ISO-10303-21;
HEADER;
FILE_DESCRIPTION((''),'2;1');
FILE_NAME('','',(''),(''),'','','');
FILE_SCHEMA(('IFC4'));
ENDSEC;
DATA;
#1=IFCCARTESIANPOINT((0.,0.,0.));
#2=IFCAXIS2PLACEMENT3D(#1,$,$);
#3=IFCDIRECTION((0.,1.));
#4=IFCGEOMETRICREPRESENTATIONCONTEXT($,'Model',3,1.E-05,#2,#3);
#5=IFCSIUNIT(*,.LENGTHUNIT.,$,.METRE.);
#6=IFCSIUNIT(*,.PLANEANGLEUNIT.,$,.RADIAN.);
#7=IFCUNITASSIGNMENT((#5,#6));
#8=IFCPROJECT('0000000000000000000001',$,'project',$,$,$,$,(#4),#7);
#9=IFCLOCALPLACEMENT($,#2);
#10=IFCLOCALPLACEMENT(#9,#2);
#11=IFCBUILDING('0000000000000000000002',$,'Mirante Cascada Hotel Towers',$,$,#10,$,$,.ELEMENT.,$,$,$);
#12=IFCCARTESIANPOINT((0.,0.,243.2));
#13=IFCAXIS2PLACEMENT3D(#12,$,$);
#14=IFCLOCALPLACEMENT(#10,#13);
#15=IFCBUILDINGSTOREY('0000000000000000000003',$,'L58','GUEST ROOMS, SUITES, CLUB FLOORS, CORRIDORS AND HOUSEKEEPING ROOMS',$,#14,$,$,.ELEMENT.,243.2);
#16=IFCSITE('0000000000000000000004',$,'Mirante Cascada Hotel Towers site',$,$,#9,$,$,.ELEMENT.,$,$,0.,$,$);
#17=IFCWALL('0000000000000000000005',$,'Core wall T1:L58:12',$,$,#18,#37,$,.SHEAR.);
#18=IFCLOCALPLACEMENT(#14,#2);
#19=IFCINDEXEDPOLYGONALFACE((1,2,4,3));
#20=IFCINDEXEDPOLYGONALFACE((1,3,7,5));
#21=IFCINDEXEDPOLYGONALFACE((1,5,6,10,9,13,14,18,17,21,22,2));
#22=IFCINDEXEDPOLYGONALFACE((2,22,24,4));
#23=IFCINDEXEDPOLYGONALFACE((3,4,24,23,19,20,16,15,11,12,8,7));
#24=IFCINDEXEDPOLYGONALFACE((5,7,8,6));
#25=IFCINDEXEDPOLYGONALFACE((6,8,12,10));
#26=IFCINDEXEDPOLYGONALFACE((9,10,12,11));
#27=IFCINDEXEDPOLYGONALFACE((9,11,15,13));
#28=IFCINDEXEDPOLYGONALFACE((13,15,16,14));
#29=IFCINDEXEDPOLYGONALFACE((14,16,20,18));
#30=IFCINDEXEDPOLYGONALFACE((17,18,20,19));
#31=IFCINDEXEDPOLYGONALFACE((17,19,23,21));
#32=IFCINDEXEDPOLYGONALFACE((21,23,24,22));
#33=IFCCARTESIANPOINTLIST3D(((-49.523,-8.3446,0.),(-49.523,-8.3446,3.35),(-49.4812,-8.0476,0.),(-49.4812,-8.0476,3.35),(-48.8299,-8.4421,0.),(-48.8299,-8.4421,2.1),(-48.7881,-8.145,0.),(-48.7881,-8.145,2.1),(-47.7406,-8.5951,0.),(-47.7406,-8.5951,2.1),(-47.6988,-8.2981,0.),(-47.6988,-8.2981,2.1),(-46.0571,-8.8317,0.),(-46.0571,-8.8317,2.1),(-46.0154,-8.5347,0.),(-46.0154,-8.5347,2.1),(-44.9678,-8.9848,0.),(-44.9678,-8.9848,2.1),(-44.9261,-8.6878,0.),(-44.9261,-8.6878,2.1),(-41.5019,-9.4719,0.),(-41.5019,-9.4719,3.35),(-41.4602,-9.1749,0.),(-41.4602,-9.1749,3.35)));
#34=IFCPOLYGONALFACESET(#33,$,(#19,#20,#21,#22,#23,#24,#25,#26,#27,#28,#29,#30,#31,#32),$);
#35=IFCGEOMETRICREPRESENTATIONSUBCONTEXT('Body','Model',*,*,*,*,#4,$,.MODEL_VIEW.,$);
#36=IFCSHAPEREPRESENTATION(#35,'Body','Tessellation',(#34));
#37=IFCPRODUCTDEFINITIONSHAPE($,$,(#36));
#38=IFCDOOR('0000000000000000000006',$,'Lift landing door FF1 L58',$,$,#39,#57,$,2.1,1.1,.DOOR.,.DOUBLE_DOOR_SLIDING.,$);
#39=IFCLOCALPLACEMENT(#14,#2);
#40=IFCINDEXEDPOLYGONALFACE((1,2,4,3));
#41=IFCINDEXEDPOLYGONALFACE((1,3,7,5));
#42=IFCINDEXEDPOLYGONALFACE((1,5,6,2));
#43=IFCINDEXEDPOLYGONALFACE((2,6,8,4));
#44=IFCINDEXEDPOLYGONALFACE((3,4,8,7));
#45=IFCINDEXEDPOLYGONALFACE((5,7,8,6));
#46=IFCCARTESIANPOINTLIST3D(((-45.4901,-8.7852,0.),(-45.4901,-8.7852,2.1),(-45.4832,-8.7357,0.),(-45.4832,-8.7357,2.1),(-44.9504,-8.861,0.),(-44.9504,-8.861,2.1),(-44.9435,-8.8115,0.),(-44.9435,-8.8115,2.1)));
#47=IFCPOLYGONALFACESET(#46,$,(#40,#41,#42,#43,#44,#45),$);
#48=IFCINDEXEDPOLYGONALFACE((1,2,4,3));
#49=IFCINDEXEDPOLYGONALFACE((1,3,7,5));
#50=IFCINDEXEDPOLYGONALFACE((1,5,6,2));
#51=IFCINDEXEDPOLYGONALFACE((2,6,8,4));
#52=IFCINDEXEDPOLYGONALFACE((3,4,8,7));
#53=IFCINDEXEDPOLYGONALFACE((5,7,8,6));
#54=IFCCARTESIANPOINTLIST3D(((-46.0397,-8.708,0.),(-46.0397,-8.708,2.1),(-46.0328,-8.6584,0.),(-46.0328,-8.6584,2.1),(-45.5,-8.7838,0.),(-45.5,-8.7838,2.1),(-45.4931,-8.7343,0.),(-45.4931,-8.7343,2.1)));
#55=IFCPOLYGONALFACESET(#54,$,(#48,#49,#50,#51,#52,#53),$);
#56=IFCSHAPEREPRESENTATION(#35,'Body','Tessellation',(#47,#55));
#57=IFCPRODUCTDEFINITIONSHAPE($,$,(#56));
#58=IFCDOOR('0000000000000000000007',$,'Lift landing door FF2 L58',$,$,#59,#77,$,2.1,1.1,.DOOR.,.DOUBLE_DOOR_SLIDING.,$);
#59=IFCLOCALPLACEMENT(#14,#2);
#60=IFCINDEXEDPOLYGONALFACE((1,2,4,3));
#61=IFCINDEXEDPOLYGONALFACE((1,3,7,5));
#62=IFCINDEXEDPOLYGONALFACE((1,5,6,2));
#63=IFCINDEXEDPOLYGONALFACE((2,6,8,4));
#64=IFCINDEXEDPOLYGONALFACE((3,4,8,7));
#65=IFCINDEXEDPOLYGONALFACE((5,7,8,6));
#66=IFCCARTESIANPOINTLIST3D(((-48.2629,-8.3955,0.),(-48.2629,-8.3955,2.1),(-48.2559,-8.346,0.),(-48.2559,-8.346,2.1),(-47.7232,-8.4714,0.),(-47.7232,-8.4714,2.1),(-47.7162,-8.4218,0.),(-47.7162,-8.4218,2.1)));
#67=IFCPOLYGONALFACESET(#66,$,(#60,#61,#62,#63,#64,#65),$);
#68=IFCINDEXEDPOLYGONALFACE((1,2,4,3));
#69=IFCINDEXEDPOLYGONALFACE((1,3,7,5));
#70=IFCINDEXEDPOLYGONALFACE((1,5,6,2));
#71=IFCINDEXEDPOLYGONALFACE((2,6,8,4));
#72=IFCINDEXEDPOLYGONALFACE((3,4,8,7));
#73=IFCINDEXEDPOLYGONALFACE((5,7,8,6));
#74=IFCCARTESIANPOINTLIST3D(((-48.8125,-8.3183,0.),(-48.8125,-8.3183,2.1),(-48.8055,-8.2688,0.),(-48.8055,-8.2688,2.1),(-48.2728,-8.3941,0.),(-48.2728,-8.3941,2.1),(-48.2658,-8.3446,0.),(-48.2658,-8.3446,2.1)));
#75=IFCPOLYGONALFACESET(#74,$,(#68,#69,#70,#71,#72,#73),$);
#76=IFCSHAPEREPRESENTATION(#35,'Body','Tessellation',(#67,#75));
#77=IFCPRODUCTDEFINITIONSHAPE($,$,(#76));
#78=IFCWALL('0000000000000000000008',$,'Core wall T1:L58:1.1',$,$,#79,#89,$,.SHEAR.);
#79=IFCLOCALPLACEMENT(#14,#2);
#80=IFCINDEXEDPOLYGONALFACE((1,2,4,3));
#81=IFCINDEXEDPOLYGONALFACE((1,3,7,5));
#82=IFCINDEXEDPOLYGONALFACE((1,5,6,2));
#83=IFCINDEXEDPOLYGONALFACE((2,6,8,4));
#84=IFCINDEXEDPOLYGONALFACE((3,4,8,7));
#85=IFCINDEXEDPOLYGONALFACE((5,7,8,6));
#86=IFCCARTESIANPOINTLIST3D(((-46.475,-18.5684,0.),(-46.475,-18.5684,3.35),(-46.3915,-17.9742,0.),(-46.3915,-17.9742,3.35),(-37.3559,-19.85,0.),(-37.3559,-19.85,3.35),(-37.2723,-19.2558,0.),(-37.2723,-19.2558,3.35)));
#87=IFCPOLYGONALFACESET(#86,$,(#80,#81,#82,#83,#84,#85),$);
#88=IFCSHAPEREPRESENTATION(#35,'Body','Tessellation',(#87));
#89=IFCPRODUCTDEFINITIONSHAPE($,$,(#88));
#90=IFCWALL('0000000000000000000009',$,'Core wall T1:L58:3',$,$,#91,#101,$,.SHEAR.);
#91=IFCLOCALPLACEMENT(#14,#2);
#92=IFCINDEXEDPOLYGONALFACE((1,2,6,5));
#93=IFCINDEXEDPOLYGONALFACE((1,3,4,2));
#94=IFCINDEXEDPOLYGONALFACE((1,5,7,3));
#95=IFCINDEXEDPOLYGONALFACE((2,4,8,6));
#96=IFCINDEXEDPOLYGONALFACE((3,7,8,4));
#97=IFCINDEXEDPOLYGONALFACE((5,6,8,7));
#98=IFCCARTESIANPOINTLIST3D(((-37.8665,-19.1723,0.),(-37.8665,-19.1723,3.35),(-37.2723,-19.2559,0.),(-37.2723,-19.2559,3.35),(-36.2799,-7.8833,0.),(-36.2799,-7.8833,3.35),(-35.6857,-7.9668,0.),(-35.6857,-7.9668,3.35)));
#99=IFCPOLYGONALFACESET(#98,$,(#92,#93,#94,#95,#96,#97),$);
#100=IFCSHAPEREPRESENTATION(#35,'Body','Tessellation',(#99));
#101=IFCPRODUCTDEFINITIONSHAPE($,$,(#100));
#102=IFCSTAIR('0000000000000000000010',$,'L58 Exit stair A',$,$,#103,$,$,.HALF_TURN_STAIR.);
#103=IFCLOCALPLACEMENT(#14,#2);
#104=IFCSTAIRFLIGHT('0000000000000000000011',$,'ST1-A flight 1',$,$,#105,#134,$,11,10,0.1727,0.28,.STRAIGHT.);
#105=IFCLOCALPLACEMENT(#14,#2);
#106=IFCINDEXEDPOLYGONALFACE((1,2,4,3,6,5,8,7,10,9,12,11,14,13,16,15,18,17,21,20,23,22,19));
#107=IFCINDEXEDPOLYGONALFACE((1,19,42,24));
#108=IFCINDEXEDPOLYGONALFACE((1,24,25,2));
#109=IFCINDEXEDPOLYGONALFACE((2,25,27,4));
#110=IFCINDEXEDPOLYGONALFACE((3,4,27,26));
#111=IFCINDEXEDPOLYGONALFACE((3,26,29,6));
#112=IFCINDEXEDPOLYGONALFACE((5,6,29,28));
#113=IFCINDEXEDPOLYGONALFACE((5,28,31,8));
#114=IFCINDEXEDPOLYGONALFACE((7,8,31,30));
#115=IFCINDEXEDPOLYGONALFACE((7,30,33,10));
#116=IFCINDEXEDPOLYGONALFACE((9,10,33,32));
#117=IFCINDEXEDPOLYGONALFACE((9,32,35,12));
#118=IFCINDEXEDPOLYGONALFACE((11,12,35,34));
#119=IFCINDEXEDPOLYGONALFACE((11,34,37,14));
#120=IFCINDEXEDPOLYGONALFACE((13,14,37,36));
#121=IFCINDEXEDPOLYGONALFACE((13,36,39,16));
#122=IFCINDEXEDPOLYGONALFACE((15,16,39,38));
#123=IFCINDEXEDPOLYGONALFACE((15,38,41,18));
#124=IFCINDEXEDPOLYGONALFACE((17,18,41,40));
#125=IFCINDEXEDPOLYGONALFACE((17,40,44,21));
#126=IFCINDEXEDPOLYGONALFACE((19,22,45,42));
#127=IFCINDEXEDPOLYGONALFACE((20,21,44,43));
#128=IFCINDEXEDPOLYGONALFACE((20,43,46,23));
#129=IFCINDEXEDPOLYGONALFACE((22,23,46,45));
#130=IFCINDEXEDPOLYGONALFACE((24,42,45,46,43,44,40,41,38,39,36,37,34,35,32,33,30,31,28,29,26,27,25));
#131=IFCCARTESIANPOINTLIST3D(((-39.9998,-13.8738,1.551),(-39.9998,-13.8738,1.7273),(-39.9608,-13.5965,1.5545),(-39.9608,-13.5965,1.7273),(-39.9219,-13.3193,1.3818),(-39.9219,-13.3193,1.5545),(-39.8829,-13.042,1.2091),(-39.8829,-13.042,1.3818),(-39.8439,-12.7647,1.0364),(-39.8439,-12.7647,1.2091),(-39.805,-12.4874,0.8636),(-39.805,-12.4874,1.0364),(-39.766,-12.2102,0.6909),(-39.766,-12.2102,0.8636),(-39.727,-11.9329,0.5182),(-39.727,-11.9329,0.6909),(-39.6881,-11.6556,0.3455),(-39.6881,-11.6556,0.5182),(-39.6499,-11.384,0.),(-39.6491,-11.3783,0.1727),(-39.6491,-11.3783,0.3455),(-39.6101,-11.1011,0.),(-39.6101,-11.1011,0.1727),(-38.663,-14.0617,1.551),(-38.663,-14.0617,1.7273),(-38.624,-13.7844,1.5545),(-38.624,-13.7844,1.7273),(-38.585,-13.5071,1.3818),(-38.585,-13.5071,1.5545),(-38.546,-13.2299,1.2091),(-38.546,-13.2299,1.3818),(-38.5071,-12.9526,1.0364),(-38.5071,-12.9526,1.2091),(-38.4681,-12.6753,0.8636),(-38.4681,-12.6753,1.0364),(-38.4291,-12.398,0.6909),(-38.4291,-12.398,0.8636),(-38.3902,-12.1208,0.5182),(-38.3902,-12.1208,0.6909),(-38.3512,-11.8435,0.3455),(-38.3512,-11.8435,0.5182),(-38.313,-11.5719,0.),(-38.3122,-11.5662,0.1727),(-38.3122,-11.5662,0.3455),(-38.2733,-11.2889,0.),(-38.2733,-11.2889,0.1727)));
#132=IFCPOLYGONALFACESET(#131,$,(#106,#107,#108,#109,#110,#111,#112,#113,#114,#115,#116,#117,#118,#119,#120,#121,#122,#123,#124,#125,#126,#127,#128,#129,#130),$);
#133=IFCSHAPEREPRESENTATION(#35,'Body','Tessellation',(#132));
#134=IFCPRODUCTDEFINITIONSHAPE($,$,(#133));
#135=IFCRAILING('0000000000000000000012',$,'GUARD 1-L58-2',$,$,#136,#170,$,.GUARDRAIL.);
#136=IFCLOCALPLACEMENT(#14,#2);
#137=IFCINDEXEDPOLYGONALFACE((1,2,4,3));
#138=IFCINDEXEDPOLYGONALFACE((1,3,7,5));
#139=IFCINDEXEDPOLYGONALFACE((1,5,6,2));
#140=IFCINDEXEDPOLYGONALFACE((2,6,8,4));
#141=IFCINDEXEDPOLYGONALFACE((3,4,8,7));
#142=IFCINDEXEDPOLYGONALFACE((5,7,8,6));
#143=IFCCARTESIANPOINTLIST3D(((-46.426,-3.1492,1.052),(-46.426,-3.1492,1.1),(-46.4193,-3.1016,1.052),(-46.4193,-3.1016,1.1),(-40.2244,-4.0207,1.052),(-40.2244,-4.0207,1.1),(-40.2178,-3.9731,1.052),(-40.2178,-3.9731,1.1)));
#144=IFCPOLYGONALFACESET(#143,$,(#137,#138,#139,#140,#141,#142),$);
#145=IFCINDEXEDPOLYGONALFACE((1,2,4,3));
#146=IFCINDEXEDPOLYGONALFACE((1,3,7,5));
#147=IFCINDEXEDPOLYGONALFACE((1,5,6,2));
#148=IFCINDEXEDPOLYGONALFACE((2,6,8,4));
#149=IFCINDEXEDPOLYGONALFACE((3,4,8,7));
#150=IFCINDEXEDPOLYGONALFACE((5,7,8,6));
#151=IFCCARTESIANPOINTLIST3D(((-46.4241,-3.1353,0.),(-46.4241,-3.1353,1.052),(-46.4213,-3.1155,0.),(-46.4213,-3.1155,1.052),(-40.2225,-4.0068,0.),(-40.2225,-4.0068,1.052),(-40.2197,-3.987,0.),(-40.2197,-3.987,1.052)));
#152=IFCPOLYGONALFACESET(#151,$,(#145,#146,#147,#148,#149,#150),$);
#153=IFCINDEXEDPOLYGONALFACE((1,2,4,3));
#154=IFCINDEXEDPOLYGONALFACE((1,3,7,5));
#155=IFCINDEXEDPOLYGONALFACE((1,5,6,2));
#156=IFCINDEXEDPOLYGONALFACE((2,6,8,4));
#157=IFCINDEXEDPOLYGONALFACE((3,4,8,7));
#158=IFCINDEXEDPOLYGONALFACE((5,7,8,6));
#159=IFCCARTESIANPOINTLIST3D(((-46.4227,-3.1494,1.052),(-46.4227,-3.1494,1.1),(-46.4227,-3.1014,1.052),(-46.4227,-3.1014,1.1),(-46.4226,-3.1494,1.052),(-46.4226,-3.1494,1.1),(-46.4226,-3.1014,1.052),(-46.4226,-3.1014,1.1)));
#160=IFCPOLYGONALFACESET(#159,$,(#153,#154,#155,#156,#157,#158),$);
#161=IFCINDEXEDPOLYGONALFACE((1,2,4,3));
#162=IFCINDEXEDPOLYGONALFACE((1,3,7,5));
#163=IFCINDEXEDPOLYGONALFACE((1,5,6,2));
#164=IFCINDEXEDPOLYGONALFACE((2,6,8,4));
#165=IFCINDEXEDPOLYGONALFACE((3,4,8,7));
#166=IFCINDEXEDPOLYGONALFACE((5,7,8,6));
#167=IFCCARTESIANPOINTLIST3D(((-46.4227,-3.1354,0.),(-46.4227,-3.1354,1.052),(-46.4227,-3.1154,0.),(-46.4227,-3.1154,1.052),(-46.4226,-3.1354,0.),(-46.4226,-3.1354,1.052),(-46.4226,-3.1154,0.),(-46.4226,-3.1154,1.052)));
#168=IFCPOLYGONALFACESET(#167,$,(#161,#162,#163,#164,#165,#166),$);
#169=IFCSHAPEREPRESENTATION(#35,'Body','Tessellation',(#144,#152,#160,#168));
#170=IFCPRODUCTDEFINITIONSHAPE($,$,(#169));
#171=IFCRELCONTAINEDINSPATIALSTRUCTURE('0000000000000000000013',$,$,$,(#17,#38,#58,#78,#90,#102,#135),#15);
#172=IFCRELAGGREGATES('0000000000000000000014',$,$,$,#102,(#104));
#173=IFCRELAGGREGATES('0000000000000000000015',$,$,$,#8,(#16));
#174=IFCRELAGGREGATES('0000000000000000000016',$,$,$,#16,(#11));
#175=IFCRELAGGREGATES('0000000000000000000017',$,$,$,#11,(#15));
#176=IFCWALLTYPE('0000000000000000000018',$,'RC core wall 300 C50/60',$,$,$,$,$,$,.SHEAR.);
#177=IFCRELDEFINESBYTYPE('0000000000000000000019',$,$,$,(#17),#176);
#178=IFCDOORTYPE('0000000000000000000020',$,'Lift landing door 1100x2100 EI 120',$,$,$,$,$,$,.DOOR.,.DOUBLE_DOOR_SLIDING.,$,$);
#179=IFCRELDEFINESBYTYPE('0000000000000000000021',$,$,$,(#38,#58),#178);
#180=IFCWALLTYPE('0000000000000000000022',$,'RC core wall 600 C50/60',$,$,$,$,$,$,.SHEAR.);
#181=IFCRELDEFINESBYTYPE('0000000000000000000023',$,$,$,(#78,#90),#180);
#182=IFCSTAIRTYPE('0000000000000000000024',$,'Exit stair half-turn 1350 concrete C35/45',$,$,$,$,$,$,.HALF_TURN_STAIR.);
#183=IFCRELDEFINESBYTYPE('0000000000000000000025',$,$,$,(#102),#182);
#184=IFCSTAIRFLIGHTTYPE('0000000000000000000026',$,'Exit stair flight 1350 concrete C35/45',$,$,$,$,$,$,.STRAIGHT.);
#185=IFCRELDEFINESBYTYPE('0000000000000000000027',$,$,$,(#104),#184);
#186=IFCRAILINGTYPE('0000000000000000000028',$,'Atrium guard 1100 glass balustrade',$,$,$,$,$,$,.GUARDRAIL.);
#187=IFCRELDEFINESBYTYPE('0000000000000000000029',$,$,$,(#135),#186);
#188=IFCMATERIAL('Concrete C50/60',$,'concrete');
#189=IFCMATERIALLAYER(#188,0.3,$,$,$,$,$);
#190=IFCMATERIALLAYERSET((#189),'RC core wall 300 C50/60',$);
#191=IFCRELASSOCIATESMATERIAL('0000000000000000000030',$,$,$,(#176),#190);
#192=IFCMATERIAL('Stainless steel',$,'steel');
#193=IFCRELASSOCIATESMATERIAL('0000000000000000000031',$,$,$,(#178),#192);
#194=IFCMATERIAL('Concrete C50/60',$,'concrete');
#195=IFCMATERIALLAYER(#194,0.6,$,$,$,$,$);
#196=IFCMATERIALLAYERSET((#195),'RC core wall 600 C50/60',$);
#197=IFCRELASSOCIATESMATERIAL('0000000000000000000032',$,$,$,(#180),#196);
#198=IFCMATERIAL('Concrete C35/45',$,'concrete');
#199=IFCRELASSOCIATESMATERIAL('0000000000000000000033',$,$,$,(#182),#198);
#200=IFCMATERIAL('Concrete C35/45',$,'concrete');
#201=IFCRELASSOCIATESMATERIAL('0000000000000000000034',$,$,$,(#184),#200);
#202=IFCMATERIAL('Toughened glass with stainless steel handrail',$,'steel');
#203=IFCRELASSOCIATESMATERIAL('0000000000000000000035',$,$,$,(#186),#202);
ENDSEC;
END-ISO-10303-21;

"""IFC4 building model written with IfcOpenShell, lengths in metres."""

from ifc_helpers import new_model, si_unit, direction, frame, frame_2d, origin, origin_2d, place, context, subcontext, project, spatial, polyline, rectangle, outline, extrude, material, layer, layer_set, type_object, element, fill, aggregate, save


model = new_model("IFC4")

# Units and contexts
model_context = context("Model", 3, precision=1e-05, world=origin(), true_north=direction((0.0, 1.0)))
body_context = subcontext(model_context, "Body", "Model", "MODEL_VIEW")
ifc_project = project(units=[si_unit("LENGTHUNIT", "METRE"), si_unit("PLANEANGLEUNIT", "RADIAN")], contexts=[model_context])

# Site, building, storey
site_placement = place(None, origin())
site = spatial("IfcSite", under=ifc_project, at=site_placement, Name="Mirante Cascada Hotel Towers site", CompositionType="ELEMENT", RefElevation=0.0)
building_placement = place(site_placement, origin())
building = spatial("IfcBuilding", under=site, at=building_placement, Name="Mirante Cascada Hotel Towers", CompositionType="ELEMENT")
storey_placement = place(building_placement, frame((0.0, 0.0, 243.2)))
storey = spatial("IfcBuildingStorey", under=building, at=storey_placement, Name="L58", Description="GUEST ROOMS, SUITES, CLUB FLOORS, CORRIDORS AND HOUSEKEEPING ROOMS", CompositionType="ELEMENT", Elevation=243.2)

# Shared definitions
ifc_material_1 = material(Name="Concrete C50/60", Category="concrete")
ifc_layer_1 = layer(ifc_material_1, 0.3)
ifc_layer_set_1 = layer_set([ifc_layer_1], Name="RC core wall 300 C50/60")
wall_type_1 = type_object("IfcWallType", Name="RC core wall 300 C50/60", PredefinedType="SHEAR", material=ifc_layer_set_1)

# Shared definitions
ifc_material_2 = material(Name="Stainless steel", Category="steel")
door_type_1 = type_object("IfcDoorType", Name="Lift landing door 1100x2100 EI 120", OperationType="DOUBLE_DOOR_SLIDING", PredefinedType="DOOR", material=ifc_material_2)

# Wall, openings, doors
wall_1_placement = place(storey_placement, frame((-41.481, -9.3234, 0.0), z_axis=(0.0, 0.0, 1.0), x_axis=(-0.990268, 0.139174, 0.0)))
wall_1 = element("IfcWall", 1, at=wall_1_placement, inside=storey, type_object=wall_type_1, Name="Core wall T1:L58:12", PredefinedType="SHEAR", context=body_context, shape_type="SweptSolid", body=[
    extrude(rectangle(XDim=8.0999, YDim=0.3, at=frame_2d((4.05, 0.0))), origin(), (0.0, 0.0, 1.0), 3.35),
])
opening_1_placement = place(wall_1_placement, frame((3.5, 0.0, 0.0)))
opening_1 = element("IfcOpeningElement", 2, at=opening_1_placement, cuts=wall_1, PredefinedType="OPENING", context=body_context, shape_type="SweptSolid", body=[
    extrude(rectangle(XDim=1.1, YDim=2.1, at=frame_2d((0.55, 1.05))), frame((0.0, 0.15, 0.0), z_axis=(0.0, -1.0, 0.0), x_axis=(1.0, 0.0, 0.0)), (0.0, 0.0, 1.0), 0.3),
])
opening_2_placement = place(wall_1_placement, frame((6.3, 0.0, 0.0)))
opening_2 = element("IfcOpeningElement", 3, at=opening_2_placement, cuts=wall_1, PredefinedType="OPENING", context=body_context, shape_type="SweptSolid", body=[
    extrude(rectangle(XDim=1.1, YDim=2.1, at=frame_2d((0.55, 1.05))), frame((0.0, 0.15, 0.0), z_axis=(0.0, -1.0, 0.0), x_axis=(1.0, 0.0, 0.0)), (0.0, 0.0, 1.0), 0.3),
])
door_1_placement = place(opening_1_placement, origin())
door_1 = element("IfcDoor", 4, at=door_1_placement, inside=storey, type_object=door_type_1, Name="Lift landing door FF1 L58", OperationType="DOUBLE_DOOR_SLIDING", OverallHeight=2.1, OverallWidth=1.1, PredefinedType="DOOR", context=body_context, shape_type="SweptSolid", body=[
    extrude(rectangle(XDim=0.545, YDim=2.1, at=frame_2d((0.2725, 1.05))), frame((0.0, 0.025, 0.0), z_axis=(0.0, -1.0, 0.0), x_axis=(1.0, 0.0, 0.0)), (0.0, 0.0, 1.0), 0.05),
    extrude(rectangle(XDim=0.545, YDim=2.1, at=frame_2d((0.8275, 1.05))), frame((0.0, 0.025, 0.0), z_axis=(0.0, -1.0, 0.0), x_axis=(1.0, 0.0, 0.0)), (0.0, 0.0, 1.0), 0.05),
])
fill(opening_1, door_1)
door_2_placement = place(opening_2_placement, origin())
door_2 = element("IfcDoor", 5, at=door_2_placement, inside=storey, type_object=door_type_1, Name="Lift landing door FF2 L58", OperationType="DOUBLE_DOOR_SLIDING", OverallHeight=2.1, OverallWidth=1.1, PredefinedType="DOOR", context=body_context, shape_type="SweptSolid", body=[
    extrude(rectangle(XDim=0.545, YDim=2.1, at=frame_2d((0.2725, 1.05))), frame((0.0, 0.025, 0.0), z_axis=(0.0, -1.0, 0.0), x_axis=(1.0, 0.0, 0.0)), (0.0, 0.0, 1.0), 0.05),
    extrude(rectangle(XDim=0.545, YDim=2.1, at=frame_2d((0.8275, 1.05))), frame((0.0, 0.025, 0.0), z_axis=(0.0, -1.0, 0.0), x_axis=(1.0, 0.0, 0.0)), (0.0, 0.0, 1.0), 0.05),
])
fill(opening_2, door_2)

# Walls
ifc_material_3 = material(Name="Concrete C50/60", Category="concrete")
ifc_layer_2 = layer(ifc_material_3, 0.6)
ifc_layer_set_2 = layer_set([ifc_layer_2], Name="RC core wall 600 C50/60")
wall_type_2 = type_object("IfcWallType", Name="RC core wall 600 C50/60", PredefinedType="SHEAR", material=ifc_layer_set_2)
wall_2_placement = place(storey_placement, frame((-37.3141, -19.5529, 0.0), z_axis=(0.0, 0.0, 1.0), x_axis=(-0.990268, 0.139171, 0.0)))
element("IfcWall", 6, at=wall_2_placement, inside=storey, type_object=wall_type_2, Name="Core wall T1:L58:1.1", PredefinedType="SHEAR", context=body_context, shape_type="SweptSolid", body=[
    extrude(rectangle(XDim=9.2088, YDim=0.6, at=frame_2d((4.6044, 0.0))), origin(), (0.0, 0.0, 1.0), 3.35),
])
wall_3_placement = place(storey_placement, frame((-37.5694, -19.2141, 0.0), z_axis=(0.0, 0.0, 1.0), x_axis=(0.139175, 0.990268, 0.0)))
element("IfcWall", 7, at=wall_3_placement, inside=storey, type_object=wall_type_2, Name="Core wall T1:L58:3", PredefinedType="SHEAR", context=body_context, shape_type="SweptSolid", body=[
    extrude(rectangle(XDim=11.4, YDim=0.6, at=frame_2d((5.7, 0.0))), origin(), (0.0, 0.0, 1.0), 3.35),
])

# Stair, stair flight
ifc_material_4 = material(Name="Concrete C35/45", Category="concrete")
stair_type = type_object("IfcStairType", Name="Exit stair half-turn 1350 concrete C35/45", PredefinedType="HALF_TURN_STAIR", material=ifc_material_4)
stair_placement = place(storey_placement, origin())
stair = element("IfcStair", 8, at=stair_placement, inside=storey, type_object=stair_type, Name="L58 Exit stair A", PredefinedType="HALF_TURN_STAIR")
ifc_material_5 = material(Name="Concrete C35/45", Category="concrete")
stair_flight_type = type_object("IfcStairFlightType", Name="Exit stair flight 1350 concrete C35/45", PredefinedType="STRAIGHT", material=ifc_material_5)
stair_flight_placement = place(storey_placement, frame((-38.9417, -11.195, 0.0), z_axis=(0.0, 0.0, 1.0), x_axis=(-0.139173, -0.990268, 0.0)))
stair_flight = element("IfcStairFlight", 9, at=stair_flight_placement, type_object=stair_flight_type, Name="ST1-A flight 1", NumberOfRisers=11, NumberOfTreads=10, PredefinedType="STRAIGHT", RiserHeight=0.1727, TreadLength=0.28, context=body_context, shape_type="SweptSolid", body=[
    extrude(outline(polyline([(0.0, 0.0), (0.0, 0.1727), (0.28, 0.1727), (0.28, 0.3455), (0.56, 0.3455), (0.56, 0.5182), (0.84, 0.5182), (0.84, 0.6909), (1.12, 0.6909), (1.12, 0.8636), (1.4, 0.8636), (1.4, 1.0364), (1.68, 1.0364), (1.68, 1.2091), (1.96, 1.2091), (1.96, 1.3818), (2.24, 1.3818), (2.24, 1.5545), (2.52, 1.5545), (2.52, 1.7273), (2.8, 1.7273), (2.8, 1.9), (2.8, 1.551), (0.2857, 0.0), (0.0, 0.0)])), frame((0.0, 0.675, 0.0), z_axis=(0.0, -1.0, 0.0), x_axis=(1.0, 0.0, 0.0)), (0.0, 0.0, 1.0), 1.35),
])
aggregate(stair, [stair_flight])

# Railing
ifc_material_6 = material(Name="Toughened glass with stainless steel handrail", Category="steel")
railing_type_1 = type_object("IfcRailingType", Name="Atrium guard 1100 glass balustrade", PredefinedType="GUARDRAIL", material=ifc_material_6)
railing_1_placement = place(storey_placement, frame((-40.2211, -3.9969, 0.0)))
element("IfcRailing", 10, at=railing_1_placement, inside=storey, type_object=railing_type_1, Name="GUARD 1-L58-2", PredefinedType="GUARDRAIL", context=body_context, shape_type="SweptSolid", body=[
    extrude(rectangle(XDim=0.048, YDim=0.048, at=origin_2d()), frame((0.0, 0.0, 1.076), z_axis=(-0.99027, 0.139161, 0.0), x_axis=(-0.139161, -0.99027, 0.0)), (0.0, 0.0, 1.0), 6.2625),
    extrude(rectangle(XDim=0.02, YDim=1.052, at=origin_2d()), frame((0.0, 0.0, 0.526), z_axis=(-0.99027, 0.139161, 0.0), x_axis=(-0.139161, -0.99027, 0.0)), (0.0, 0.0, 1.0), 6.2625),
    extrude(rectangle(XDim=0.048, YDim=0.048, at=origin_2d()), frame((-6.2016, 0.8715, 1.076), z_axis=(1.0, 0.0, 0.0), x_axis=(0.0, 1.0, 0.0)), (0.0, 0.0, 1.0), 0.0001),
    extrude(rectangle(XDim=0.02, YDim=1.052, at=origin_2d()), frame((-6.2016, 0.8715, 0.526), z_axis=(1.0, 0.0, 0.0), x_axis=(0.0, 1.0, 0.0)), (0.0, 0.0, 1.0), 0.0001),
])

save(model, "model.ifc")
